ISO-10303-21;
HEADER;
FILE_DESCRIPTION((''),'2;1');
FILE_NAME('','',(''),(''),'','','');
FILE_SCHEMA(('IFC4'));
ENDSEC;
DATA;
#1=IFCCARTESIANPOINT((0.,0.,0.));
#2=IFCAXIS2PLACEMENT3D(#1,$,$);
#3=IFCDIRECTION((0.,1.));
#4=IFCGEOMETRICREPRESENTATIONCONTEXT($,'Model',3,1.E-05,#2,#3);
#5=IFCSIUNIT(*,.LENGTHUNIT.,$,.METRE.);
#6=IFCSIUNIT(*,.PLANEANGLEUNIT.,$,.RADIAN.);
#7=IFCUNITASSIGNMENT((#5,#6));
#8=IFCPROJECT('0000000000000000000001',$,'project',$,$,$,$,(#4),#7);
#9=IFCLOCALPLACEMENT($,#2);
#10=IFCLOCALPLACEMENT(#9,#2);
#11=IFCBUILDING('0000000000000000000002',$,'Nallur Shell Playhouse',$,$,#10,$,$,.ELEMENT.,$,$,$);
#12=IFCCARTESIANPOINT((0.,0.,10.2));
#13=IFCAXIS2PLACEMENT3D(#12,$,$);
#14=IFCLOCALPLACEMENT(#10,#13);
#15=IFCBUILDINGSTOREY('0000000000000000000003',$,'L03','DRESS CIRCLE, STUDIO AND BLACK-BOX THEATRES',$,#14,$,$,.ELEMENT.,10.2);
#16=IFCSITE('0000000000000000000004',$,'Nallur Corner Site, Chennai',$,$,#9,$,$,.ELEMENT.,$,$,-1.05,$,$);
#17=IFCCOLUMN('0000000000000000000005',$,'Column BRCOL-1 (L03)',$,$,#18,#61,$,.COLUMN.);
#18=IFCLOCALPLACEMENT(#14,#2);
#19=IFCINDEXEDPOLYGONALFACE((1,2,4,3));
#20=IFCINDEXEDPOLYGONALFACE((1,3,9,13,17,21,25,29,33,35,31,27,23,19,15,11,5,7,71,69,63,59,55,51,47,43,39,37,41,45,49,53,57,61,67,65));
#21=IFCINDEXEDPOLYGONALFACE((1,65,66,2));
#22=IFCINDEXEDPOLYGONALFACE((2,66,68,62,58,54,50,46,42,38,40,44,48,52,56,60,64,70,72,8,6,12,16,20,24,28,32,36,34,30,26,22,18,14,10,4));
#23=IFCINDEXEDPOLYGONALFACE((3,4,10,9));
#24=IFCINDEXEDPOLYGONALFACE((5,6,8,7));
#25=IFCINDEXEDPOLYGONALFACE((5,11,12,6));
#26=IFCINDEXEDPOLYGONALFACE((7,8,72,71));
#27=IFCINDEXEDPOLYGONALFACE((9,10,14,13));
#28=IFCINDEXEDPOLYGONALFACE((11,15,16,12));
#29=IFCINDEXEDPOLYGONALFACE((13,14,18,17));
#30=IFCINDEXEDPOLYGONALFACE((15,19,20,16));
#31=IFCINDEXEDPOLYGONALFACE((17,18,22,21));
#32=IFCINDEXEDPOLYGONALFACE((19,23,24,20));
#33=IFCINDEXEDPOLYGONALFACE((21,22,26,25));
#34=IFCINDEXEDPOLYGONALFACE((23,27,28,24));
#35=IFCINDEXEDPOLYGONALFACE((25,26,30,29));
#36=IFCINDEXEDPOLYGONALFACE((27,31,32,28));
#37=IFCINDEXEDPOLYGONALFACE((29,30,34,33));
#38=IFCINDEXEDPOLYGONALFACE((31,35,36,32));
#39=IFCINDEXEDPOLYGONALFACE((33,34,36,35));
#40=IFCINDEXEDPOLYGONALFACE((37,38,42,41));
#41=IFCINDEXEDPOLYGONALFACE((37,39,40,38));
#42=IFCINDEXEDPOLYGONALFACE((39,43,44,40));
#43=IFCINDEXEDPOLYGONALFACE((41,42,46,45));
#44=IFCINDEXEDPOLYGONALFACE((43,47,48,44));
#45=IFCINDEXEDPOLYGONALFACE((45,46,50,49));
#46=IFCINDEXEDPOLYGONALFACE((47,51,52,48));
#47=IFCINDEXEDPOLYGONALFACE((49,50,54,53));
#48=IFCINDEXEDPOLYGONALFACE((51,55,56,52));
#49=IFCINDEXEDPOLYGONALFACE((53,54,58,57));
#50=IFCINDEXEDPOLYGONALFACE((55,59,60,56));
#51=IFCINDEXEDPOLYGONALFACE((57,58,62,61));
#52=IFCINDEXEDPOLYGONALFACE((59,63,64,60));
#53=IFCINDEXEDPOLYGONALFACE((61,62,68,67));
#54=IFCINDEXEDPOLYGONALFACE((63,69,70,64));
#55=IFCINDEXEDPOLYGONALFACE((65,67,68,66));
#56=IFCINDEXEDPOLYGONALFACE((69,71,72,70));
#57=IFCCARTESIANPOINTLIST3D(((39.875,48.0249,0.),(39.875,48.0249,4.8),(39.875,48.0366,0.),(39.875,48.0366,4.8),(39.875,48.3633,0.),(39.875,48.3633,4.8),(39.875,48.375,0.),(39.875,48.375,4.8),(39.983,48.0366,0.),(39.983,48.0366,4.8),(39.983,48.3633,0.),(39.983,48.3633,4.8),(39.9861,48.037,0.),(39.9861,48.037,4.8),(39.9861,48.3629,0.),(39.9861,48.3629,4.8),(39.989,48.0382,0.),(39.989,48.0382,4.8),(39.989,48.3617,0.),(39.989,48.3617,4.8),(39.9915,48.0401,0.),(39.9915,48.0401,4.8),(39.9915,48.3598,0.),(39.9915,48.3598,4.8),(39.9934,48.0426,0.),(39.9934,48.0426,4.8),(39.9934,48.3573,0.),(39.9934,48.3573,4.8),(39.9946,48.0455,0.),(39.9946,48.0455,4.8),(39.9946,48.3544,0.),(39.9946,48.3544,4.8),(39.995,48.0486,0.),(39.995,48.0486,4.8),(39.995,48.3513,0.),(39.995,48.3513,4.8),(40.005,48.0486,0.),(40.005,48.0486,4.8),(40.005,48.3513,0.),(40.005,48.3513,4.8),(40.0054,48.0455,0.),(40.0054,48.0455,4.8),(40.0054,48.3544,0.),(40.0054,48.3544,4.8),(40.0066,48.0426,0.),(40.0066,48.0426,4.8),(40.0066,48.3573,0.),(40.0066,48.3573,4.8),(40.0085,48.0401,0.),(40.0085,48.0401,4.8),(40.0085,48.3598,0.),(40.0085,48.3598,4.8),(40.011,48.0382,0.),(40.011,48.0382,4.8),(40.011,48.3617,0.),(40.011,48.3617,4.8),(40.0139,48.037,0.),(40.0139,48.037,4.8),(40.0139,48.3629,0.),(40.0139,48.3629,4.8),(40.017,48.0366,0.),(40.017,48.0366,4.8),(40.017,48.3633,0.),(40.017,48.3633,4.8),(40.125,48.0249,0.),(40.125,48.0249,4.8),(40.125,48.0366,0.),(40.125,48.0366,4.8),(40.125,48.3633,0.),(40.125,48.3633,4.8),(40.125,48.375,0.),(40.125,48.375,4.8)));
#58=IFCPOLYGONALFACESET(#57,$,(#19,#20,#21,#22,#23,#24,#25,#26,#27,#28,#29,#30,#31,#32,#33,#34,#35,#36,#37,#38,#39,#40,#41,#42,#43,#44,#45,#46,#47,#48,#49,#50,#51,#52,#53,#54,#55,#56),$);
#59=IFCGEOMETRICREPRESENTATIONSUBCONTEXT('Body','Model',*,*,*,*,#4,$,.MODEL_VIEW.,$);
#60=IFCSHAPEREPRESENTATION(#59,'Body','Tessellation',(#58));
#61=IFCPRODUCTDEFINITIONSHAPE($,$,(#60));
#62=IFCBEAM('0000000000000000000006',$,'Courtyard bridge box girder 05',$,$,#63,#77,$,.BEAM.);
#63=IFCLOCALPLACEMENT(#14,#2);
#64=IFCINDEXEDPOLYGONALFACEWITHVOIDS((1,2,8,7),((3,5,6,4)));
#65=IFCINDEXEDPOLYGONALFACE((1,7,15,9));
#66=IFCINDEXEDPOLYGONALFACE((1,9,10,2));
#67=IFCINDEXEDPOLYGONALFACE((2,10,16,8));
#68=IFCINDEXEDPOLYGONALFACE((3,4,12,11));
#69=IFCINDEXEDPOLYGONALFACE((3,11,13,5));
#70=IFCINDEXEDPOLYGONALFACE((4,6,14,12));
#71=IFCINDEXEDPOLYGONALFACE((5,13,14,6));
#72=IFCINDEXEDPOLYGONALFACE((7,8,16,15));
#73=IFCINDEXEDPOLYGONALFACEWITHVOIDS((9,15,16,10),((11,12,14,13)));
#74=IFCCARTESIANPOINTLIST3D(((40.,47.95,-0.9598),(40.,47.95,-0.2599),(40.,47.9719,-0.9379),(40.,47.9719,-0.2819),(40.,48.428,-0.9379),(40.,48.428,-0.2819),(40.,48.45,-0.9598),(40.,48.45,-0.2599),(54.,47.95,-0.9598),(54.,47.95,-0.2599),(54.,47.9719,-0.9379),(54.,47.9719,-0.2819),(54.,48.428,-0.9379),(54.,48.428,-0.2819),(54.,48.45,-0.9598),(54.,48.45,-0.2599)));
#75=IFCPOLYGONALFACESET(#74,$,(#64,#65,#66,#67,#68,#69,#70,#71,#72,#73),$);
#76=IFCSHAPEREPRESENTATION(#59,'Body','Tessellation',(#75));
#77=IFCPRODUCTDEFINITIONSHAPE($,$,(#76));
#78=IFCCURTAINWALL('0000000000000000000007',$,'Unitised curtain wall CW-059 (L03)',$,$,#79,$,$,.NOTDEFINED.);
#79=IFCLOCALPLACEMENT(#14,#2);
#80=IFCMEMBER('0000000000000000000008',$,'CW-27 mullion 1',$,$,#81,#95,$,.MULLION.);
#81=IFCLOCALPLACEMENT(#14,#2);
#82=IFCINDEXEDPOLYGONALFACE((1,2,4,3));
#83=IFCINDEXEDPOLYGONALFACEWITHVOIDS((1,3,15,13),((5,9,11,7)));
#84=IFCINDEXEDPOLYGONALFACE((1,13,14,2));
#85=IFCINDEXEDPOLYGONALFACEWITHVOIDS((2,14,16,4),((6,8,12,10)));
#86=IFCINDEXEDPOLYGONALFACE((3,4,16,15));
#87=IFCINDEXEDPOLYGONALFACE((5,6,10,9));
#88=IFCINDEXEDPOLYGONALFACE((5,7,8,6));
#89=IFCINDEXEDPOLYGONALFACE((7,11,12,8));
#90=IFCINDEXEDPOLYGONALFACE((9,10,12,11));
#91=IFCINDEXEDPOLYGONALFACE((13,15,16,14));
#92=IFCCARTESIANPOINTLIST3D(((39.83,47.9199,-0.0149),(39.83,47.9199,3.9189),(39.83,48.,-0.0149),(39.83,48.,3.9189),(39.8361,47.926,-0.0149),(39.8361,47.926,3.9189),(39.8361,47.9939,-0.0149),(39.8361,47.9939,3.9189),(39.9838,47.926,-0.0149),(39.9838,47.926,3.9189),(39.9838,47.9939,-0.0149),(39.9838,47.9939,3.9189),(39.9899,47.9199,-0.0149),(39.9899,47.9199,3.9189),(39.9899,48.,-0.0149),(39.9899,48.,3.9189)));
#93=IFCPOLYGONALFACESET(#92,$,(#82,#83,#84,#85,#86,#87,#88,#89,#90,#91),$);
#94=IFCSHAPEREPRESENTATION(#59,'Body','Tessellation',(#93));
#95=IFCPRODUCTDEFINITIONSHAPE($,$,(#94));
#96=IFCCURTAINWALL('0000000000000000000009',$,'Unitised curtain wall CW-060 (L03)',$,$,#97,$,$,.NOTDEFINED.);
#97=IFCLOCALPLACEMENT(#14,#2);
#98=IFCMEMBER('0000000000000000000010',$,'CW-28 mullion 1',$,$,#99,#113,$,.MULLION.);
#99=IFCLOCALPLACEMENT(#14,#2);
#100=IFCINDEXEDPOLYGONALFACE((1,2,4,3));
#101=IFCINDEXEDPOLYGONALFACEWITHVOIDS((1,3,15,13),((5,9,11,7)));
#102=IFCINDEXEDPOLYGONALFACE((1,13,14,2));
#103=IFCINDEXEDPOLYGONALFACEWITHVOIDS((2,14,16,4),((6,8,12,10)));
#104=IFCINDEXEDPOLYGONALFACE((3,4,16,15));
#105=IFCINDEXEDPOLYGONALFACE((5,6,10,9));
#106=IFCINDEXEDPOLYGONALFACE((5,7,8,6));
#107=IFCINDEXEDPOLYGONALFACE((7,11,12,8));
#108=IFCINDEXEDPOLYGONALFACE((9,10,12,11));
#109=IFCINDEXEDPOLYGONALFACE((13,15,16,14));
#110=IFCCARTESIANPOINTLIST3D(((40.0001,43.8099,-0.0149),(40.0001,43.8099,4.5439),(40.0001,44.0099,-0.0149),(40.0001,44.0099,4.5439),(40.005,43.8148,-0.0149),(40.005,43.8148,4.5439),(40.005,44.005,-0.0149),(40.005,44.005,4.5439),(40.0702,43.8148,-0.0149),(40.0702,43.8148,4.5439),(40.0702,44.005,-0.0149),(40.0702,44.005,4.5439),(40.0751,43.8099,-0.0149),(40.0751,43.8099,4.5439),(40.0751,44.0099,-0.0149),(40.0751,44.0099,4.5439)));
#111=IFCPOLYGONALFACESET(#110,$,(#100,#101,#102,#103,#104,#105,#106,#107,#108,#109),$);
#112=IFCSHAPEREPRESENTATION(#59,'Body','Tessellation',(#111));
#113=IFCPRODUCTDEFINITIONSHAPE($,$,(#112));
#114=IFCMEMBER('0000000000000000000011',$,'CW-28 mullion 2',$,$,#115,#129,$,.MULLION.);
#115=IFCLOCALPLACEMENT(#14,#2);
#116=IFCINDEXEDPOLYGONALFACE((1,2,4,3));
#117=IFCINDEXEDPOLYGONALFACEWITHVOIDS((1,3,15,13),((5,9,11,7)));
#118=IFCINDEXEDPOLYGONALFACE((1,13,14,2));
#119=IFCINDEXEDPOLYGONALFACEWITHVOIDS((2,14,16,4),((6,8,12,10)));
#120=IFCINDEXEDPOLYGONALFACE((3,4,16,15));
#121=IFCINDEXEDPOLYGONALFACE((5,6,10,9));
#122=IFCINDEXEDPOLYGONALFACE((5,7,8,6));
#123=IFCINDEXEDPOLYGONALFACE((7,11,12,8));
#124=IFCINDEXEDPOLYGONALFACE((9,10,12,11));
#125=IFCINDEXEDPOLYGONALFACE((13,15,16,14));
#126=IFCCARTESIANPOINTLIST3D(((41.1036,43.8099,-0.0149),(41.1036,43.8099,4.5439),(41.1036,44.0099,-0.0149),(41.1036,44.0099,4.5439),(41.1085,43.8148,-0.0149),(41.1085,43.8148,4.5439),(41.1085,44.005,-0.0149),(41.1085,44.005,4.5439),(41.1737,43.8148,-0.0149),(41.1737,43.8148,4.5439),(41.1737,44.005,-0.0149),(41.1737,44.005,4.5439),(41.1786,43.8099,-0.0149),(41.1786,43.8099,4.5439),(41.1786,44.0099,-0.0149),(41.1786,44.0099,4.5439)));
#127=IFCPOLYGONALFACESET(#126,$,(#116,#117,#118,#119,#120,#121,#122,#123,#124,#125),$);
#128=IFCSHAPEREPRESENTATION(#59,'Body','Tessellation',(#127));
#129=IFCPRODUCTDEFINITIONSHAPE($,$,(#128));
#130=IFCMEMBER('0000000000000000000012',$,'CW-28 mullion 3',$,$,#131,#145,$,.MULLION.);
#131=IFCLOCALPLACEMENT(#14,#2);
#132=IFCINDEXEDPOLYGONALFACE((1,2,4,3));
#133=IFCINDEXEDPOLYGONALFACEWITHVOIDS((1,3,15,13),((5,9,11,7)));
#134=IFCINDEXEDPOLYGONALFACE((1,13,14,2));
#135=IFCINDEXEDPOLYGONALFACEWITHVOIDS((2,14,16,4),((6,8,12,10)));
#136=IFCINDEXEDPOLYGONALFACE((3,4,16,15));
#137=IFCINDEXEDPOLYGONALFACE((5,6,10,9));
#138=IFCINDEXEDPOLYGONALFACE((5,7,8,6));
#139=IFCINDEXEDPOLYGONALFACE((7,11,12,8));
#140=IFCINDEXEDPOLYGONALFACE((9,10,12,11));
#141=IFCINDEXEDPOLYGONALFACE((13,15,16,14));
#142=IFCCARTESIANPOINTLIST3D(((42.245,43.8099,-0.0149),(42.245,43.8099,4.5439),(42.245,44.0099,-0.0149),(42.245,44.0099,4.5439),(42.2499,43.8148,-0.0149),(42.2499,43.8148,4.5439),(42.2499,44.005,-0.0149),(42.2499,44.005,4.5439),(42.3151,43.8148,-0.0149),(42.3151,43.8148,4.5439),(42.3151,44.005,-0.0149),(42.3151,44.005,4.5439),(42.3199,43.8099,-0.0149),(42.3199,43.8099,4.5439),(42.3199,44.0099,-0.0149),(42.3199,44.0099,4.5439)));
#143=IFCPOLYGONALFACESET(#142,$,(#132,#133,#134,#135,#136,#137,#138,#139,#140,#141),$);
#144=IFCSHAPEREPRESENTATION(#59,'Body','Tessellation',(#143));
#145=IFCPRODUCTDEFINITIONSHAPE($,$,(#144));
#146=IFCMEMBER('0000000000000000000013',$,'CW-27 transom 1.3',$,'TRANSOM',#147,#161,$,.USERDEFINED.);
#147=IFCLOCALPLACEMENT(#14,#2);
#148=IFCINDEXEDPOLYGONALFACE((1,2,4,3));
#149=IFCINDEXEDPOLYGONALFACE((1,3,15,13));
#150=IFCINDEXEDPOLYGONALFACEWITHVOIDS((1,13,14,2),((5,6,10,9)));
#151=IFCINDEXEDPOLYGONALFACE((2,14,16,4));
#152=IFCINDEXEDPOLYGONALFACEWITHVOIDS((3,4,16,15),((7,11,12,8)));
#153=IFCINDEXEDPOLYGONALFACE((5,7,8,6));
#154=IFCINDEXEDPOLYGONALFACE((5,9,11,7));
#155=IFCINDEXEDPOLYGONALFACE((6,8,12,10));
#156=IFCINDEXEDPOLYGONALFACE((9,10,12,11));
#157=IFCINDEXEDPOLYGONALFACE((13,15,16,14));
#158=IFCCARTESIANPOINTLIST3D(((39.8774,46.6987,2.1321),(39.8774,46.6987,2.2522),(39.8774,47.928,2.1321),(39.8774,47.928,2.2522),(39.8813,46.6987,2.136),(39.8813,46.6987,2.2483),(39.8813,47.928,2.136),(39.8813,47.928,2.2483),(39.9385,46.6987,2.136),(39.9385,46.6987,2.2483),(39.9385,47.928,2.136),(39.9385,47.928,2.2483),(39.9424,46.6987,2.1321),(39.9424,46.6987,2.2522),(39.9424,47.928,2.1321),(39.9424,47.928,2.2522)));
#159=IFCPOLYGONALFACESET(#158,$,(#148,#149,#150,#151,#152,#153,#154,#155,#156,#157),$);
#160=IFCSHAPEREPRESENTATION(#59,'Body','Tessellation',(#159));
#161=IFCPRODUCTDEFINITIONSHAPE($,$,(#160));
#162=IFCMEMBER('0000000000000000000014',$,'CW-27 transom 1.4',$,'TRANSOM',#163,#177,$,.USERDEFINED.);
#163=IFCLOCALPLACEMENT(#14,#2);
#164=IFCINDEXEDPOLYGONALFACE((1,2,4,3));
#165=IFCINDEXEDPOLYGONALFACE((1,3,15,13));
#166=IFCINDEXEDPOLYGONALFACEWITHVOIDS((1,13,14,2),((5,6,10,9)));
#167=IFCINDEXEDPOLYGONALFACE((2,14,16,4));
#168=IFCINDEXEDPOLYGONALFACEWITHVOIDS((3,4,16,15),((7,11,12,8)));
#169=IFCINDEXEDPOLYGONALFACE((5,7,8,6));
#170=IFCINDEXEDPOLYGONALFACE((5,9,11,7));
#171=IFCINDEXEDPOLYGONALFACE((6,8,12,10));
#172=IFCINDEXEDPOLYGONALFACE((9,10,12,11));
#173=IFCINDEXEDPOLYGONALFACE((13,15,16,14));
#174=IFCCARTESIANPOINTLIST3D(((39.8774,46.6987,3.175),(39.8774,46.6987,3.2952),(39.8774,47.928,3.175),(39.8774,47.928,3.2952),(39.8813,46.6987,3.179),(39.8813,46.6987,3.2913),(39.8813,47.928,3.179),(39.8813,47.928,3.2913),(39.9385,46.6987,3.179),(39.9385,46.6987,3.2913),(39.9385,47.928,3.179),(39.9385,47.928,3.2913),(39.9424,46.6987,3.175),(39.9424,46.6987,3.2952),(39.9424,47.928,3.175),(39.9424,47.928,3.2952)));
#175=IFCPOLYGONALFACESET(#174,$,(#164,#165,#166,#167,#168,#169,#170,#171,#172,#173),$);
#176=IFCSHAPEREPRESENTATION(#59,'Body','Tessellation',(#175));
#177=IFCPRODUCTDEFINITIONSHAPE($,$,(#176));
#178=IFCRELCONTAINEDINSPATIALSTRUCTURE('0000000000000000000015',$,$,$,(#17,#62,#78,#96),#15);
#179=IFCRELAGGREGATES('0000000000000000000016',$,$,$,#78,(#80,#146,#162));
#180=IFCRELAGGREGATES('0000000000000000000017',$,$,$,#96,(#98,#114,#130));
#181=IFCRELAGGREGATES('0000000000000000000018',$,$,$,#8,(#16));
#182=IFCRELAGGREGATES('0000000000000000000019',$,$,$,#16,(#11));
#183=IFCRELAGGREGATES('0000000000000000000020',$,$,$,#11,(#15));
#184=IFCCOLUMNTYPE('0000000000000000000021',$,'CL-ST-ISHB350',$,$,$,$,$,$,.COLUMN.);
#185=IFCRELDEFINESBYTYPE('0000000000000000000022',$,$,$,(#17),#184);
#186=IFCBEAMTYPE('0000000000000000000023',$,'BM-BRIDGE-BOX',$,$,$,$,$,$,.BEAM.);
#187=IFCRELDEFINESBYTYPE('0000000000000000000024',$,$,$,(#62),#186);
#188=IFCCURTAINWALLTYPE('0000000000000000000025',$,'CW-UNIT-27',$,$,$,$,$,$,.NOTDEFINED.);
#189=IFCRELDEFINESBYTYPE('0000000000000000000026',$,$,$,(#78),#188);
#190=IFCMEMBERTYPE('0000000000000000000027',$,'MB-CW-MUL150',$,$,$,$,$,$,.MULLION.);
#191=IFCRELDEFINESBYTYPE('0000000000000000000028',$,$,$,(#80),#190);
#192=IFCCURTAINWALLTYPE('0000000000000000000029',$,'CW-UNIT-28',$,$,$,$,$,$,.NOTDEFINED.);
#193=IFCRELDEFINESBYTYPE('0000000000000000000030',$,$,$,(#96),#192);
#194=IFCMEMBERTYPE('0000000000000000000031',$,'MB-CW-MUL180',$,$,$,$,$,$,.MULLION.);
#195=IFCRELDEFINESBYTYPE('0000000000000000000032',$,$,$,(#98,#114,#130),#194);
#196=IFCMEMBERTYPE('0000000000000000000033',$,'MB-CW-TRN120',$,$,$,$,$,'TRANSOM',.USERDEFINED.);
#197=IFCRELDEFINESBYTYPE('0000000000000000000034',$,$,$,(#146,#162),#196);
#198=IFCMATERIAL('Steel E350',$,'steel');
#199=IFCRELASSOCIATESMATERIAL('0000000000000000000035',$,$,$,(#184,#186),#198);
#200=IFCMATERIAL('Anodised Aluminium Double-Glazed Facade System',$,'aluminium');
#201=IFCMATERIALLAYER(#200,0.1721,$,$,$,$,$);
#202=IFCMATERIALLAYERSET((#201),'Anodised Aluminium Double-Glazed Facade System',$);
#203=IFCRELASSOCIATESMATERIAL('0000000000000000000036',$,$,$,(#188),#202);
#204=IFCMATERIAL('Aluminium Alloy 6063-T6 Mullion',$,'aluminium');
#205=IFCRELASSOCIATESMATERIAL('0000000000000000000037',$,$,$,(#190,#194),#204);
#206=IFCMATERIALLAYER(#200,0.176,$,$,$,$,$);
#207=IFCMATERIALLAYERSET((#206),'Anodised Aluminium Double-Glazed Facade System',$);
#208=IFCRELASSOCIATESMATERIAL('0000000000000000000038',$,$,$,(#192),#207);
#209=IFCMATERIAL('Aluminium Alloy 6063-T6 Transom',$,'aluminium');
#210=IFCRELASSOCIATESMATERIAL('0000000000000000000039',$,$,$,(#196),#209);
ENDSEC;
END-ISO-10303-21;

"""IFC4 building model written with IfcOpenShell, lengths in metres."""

from ifc_helpers import new_model, si_unit, direction, frame, origin, origin_2d, place, context, subcontext, project, spatial, hollow_rectangle, i_section, extrude, material, layer, layer_set, material_profile, profile_set, type_object, element, aggregate, save


model = new_model("IFC4")

# Units and contexts
model_context = context("Model", 3, precision=1e-05, world=origin(), true_north=direction((0.0, 1.0)))
body_context = subcontext(model_context, "Body", "Model", "MODEL_VIEW")
ifc_project = project(units=[si_unit("LENGTHUNIT", "METRE"), si_unit("PLANEANGLEUNIT", "RADIAN")], contexts=[model_context])

# Site, building, storey
site_placement = place(None, origin())
site = spatial("IfcSite", under=ifc_project, at=site_placement, Name="Nallur Corner Site, Chennai", CompositionType="ELEMENT", RefElevation=-1.05)
building_placement = place(site_placement, origin())
building = spatial("IfcBuilding", under=site, at=building_placement, Name="Nallur Shell Playhouse", CompositionType="ELEMENT")
storey_placement = place(building_placement, frame((0.0, 0.0, 10.2)))
storey = spatial("IfcBuildingStorey", under=building, at=storey_placement, Name="L03", Description="DRESS CIRCLE, STUDIO AND BLACK-BOX THEATRES", CompositionType="ELEMENT", Elevation=10.2)

# Column
ifc_material_1 = material(Name="Steel E350", Category="steel")
ifc_material_profile_1 = material_profile(ifc_material_1, i_section(OverallWidth=0.25, OverallDepth=0.3501, WebThickness=0.01, FlangeThickness=0.0117, FilletRadius=0.012, at=origin_2d()), Name="ISHB 350")
ifc_profile_set_1 = profile_set([ifc_material_profile_1], Name="Steel E350")
column_type = type_object("IfcColumnType", Name="CL-ST-ISHB350", PredefinedType="COLUMN", material=ifc_profile_set_1)
column_placement = place(storey_placement, frame((40.0, 48.2, 0.0), z_axis=(0.0, 0.0, 1.0), x_axis=(1.0, 0.0, 0.0)))
element("IfcColumn", 1, at=column_placement, inside=storey, type_object=column_type, Name="Column BRCOL-1 (L03)", PredefinedType="COLUMN", context=body_context, shape_type="SweptSolid", body=[
    extrude(i_section(OverallWidth=0.25, OverallDepth=0.3501, WebThickness=0.01, FlangeThickness=0.0117, FilletRadius=0.012, at=origin_2d()), origin(), (0.0, 0.0, 1.0), 4.8),
])

# Beam
ifc_material_profile_2 = material_profile(ifc_material_1, hollow_rectangle(XDim=0.5, YDim=0.7, WallThickness=0.022, at=origin_2d()), Name="BOX 500x700x22")
ifc_profile_set_2 = profile_set([ifc_material_profile_2], Name="Steel E350")
beam_type = type_object("IfcBeamType", Name="BM-BRIDGE-BOX", PredefinedType="BEAM", material=ifc_profile_set_2)
beam_placement = place(storey_placement, frame((40.0, 48.2, -0.6099), z_axis=(1.0, 0.0, 0.0), x_axis=(0.0, 1.0, 0.0)))
element("IfcBeam", 2, at=beam_placement, inside=storey, type_object=beam_type, Name="Courtyard bridge box girder 05", PredefinedType="BEAM", context=body_context, shape_type="SweptSolid", body=[
    extrude(hollow_rectangle(XDim=0.5, YDim=0.7, WallThickness=0.022, at=origin_2d()), origin(), (0.0, 0.0, 1.0), 14.0),
])

# Curtain wall, member
ifc_material_2 = material(Name="Anodised Aluminium Double-Glazed Facade System", Category="aluminium")
ifc_layer_1 = layer(ifc_material_2, 0.1721)
ifc_layer_set_1 = layer_set([ifc_layer_1], Name="Anodised Aluminium Double-Glazed Facade System")
curtain_wall_type_1 = type_object("IfcCurtainWallType", Name="CW-UNIT-27", PredefinedType="NOTDEFINED", material=ifc_layer_set_1)
curtain_wall_1_placement = place(storey_placement, origin())
curtain_wall_1 = element("IfcCurtainWall", 3, at=curtain_wall_1_placement, inside=storey, type_object=curtain_wall_type_1, Name="Unitised curtain wall CW-059 (L03)", PredefinedType="NOTDEFINED")
ifc_material_3 = material(Name="Aluminium Alloy 6063-T6 Mullion", Category="aluminium")
ifc_material_profile_3 = material_profile(ifc_material_3, hollow_rectangle(XDim=0.0801, YDim=0.1599, WallThickness=0.0061, at=origin_2d()), Name="RHS 160x80x6")
ifc_profile_set_3 = profile_set([ifc_material_profile_3], Name="Aluminium Alloy 6063-T6 Mullion")
member_type_1 = type_object("IfcMemberType", Name="MB-CW-MUL150", PredefinedType="MULLION", material=ifc_profile_set_3)
member_1_placement = place(storey_placement, frame((39.9099, 47.96, -0.0149), z_axis=(0.0, 0.0, 1.0), x_axis=(0.0, -1.0, 0.0)))
member_1 = element("IfcMember", 4, at=member_1_placement, type_object=member_type_1, Name="CW-27 mullion 1", PredefinedType="MULLION", context=body_context, shape_type="SweptSolid", body=[
    extrude(hollow_rectangle(XDim=0.0801, YDim=0.1599, WallThickness=0.0061, at=origin_2d()), origin(), (0.0, 0.0, 1.0), 3.9338),
])

# Curtain wall, members
ifc_layer_2 = layer(ifc_material_2, 0.176)
ifc_layer_set_2 = layer_set([ifc_layer_2], Name="Anodised Aluminium Double-Glazed Facade System")
curtain_wall_type_2 = type_object("IfcCurtainWallType", Name="CW-UNIT-28", PredefinedType="NOTDEFINED", material=ifc_layer_set_2)
curtain_wall_2_placement = place(storey_placement, origin())
curtain_wall_2 = element("IfcCurtainWall", 5, at=curtain_wall_2_placement, inside=storey, type_object=curtain_wall_type_2, Name="Unitised curtain wall CW-060 (L03)", PredefinedType="NOTDEFINED")
ifc_material_profile_4 = material_profile(ifc_material_3, hollow_rectangle(XDim=0.075, YDim=0.2, WallThickness=0.0049, at=origin_2d()), Name="ALU 75x200x5")
ifc_profile_set_4 = profile_set([ifc_material_profile_4], Name="Aluminium Alloy 6063-T6 Mullion")
member_type_2 = type_object("IfcMemberType", Name="MB-CW-MUL180", PredefinedType="MULLION", material=ifc_profile_set_4)
member_2_placement = place(storey_placement, frame((40.0376, 43.9099, -0.0149), z_axis=(0.0, 0.0, 1.0), x_axis=(1.0, 0.0, 0.0)))
member_2 = element("IfcMember", 6, at=member_2_placement, type_object=member_type_2, Name="CW-28 mullion 1", PredefinedType="MULLION", context=body_context, shape_type="SweptSolid", body=[
    extrude(hollow_rectangle(XDim=0.075, YDim=0.2, WallThickness=0.0049, at=origin_2d()), origin(), (0.0, 0.0, 1.0), 4.5588),
])
member_3_placement = place(storey_placement, frame((41.1411, 43.9099, -0.0149), z_axis=(0.0, 0.0, 1.0), x_axis=(1.0, 0.0, 0.0)))
member_3 = element("IfcMember", 7, at=member_3_placement, type_object=member_type_2, Name="CW-28 mullion 2", PredefinedType="MULLION", context=body_context, shape_type="SweptSolid", body=[
    extrude(hollow_rectangle(XDim=0.075, YDim=0.2, WallThickness=0.0049, at=origin_2d()), origin(), (0.0, 0.0, 1.0), 4.5588),
])
member_4_placement = place(storey_placement, frame((42.2825, 43.9099, -0.0149), z_axis=(0.0, 0.0, 1.0), x_axis=(1.0, 0.0, 0.0)))
member_4 = element("IfcMember", 8, at=member_4_placement, type_object=member_type_2, Name="CW-28 mullion 3", PredefinedType="MULLION", context=body_context, shape_type="SweptSolid", body=[
    extrude(hollow_rectangle(XDim=0.075, YDim=0.2, WallThickness=0.0049, at=origin_2d()), origin(), (0.0, 0.0, 1.0), 4.5588),
])

# Members
ifc_material_4 = material(Name="Aluminium Alloy 6063-T6 Transom", Category="aluminium")
ifc_material_profile_5 = material_profile(ifc_material_4, hollow_rectangle(XDim=0.0649, YDim=0.1201, WallThickness=0.0039, at=origin_2d()), Name="ALU 65x120x4")
ifc_profile_set_5 = profile_set([ifc_material_profile_5], Name="Aluminium Alloy 6063-T6 Transom")
member_type_3 = type_object("IfcMemberType", Name="MB-CW-TRN120", ElementType="TRANSOM", PredefinedType="USERDEFINED", material=ifc_profile_set_5)
member_5_placement = place(storey_placement, frame((39.9099, 47.928, 2.1921), z_axis=(0.0, -1.0, 0.0), x_axis=(1.0, 0.0, 0.0)))
member_5 = element("IfcMember", 9, at=member_5_placement, type_object=member_type_3, Name="CW-27 transom 1.3", ObjectType="TRANSOM", PredefinedType="USERDEFINED", context=body_context, shape_type="SweptSolid", body=[
    extrude(hollow_rectangle(XDim=0.0649, YDim=0.1201, WallThickness=0.0039, at=origin_2d()), origin(), (0.0, 0.0, 1.0), 1.2292),
])
member_6_placement = place(storey_placement, frame((39.9099, 47.928, 3.2351), z_axis=(0.0, -1.0, 0.0), x_axis=(1.0, 0.0, 0.0)))
member_6 = element("IfcMember", 10, at=member_6_placement, type_object=member_type_3, Name="CW-27 transom 1.4", ObjectType="TRANSOM", PredefinedType="USERDEFINED", context=body_context, shape_type="SweptSolid", body=[
    extrude(hollow_rectangle(XDim=0.0649, YDim=0.1201, WallThickness=0.0039, at=origin_2d()), origin(), (0.0, 0.0, 1.0), 1.2292),
])
aggregate(curtain_wall_1, [member_1, member_5, member_6])

aggregate(curtain_wall_2, [member_2, member_3, member_4])

save(model, "model.ifc")
